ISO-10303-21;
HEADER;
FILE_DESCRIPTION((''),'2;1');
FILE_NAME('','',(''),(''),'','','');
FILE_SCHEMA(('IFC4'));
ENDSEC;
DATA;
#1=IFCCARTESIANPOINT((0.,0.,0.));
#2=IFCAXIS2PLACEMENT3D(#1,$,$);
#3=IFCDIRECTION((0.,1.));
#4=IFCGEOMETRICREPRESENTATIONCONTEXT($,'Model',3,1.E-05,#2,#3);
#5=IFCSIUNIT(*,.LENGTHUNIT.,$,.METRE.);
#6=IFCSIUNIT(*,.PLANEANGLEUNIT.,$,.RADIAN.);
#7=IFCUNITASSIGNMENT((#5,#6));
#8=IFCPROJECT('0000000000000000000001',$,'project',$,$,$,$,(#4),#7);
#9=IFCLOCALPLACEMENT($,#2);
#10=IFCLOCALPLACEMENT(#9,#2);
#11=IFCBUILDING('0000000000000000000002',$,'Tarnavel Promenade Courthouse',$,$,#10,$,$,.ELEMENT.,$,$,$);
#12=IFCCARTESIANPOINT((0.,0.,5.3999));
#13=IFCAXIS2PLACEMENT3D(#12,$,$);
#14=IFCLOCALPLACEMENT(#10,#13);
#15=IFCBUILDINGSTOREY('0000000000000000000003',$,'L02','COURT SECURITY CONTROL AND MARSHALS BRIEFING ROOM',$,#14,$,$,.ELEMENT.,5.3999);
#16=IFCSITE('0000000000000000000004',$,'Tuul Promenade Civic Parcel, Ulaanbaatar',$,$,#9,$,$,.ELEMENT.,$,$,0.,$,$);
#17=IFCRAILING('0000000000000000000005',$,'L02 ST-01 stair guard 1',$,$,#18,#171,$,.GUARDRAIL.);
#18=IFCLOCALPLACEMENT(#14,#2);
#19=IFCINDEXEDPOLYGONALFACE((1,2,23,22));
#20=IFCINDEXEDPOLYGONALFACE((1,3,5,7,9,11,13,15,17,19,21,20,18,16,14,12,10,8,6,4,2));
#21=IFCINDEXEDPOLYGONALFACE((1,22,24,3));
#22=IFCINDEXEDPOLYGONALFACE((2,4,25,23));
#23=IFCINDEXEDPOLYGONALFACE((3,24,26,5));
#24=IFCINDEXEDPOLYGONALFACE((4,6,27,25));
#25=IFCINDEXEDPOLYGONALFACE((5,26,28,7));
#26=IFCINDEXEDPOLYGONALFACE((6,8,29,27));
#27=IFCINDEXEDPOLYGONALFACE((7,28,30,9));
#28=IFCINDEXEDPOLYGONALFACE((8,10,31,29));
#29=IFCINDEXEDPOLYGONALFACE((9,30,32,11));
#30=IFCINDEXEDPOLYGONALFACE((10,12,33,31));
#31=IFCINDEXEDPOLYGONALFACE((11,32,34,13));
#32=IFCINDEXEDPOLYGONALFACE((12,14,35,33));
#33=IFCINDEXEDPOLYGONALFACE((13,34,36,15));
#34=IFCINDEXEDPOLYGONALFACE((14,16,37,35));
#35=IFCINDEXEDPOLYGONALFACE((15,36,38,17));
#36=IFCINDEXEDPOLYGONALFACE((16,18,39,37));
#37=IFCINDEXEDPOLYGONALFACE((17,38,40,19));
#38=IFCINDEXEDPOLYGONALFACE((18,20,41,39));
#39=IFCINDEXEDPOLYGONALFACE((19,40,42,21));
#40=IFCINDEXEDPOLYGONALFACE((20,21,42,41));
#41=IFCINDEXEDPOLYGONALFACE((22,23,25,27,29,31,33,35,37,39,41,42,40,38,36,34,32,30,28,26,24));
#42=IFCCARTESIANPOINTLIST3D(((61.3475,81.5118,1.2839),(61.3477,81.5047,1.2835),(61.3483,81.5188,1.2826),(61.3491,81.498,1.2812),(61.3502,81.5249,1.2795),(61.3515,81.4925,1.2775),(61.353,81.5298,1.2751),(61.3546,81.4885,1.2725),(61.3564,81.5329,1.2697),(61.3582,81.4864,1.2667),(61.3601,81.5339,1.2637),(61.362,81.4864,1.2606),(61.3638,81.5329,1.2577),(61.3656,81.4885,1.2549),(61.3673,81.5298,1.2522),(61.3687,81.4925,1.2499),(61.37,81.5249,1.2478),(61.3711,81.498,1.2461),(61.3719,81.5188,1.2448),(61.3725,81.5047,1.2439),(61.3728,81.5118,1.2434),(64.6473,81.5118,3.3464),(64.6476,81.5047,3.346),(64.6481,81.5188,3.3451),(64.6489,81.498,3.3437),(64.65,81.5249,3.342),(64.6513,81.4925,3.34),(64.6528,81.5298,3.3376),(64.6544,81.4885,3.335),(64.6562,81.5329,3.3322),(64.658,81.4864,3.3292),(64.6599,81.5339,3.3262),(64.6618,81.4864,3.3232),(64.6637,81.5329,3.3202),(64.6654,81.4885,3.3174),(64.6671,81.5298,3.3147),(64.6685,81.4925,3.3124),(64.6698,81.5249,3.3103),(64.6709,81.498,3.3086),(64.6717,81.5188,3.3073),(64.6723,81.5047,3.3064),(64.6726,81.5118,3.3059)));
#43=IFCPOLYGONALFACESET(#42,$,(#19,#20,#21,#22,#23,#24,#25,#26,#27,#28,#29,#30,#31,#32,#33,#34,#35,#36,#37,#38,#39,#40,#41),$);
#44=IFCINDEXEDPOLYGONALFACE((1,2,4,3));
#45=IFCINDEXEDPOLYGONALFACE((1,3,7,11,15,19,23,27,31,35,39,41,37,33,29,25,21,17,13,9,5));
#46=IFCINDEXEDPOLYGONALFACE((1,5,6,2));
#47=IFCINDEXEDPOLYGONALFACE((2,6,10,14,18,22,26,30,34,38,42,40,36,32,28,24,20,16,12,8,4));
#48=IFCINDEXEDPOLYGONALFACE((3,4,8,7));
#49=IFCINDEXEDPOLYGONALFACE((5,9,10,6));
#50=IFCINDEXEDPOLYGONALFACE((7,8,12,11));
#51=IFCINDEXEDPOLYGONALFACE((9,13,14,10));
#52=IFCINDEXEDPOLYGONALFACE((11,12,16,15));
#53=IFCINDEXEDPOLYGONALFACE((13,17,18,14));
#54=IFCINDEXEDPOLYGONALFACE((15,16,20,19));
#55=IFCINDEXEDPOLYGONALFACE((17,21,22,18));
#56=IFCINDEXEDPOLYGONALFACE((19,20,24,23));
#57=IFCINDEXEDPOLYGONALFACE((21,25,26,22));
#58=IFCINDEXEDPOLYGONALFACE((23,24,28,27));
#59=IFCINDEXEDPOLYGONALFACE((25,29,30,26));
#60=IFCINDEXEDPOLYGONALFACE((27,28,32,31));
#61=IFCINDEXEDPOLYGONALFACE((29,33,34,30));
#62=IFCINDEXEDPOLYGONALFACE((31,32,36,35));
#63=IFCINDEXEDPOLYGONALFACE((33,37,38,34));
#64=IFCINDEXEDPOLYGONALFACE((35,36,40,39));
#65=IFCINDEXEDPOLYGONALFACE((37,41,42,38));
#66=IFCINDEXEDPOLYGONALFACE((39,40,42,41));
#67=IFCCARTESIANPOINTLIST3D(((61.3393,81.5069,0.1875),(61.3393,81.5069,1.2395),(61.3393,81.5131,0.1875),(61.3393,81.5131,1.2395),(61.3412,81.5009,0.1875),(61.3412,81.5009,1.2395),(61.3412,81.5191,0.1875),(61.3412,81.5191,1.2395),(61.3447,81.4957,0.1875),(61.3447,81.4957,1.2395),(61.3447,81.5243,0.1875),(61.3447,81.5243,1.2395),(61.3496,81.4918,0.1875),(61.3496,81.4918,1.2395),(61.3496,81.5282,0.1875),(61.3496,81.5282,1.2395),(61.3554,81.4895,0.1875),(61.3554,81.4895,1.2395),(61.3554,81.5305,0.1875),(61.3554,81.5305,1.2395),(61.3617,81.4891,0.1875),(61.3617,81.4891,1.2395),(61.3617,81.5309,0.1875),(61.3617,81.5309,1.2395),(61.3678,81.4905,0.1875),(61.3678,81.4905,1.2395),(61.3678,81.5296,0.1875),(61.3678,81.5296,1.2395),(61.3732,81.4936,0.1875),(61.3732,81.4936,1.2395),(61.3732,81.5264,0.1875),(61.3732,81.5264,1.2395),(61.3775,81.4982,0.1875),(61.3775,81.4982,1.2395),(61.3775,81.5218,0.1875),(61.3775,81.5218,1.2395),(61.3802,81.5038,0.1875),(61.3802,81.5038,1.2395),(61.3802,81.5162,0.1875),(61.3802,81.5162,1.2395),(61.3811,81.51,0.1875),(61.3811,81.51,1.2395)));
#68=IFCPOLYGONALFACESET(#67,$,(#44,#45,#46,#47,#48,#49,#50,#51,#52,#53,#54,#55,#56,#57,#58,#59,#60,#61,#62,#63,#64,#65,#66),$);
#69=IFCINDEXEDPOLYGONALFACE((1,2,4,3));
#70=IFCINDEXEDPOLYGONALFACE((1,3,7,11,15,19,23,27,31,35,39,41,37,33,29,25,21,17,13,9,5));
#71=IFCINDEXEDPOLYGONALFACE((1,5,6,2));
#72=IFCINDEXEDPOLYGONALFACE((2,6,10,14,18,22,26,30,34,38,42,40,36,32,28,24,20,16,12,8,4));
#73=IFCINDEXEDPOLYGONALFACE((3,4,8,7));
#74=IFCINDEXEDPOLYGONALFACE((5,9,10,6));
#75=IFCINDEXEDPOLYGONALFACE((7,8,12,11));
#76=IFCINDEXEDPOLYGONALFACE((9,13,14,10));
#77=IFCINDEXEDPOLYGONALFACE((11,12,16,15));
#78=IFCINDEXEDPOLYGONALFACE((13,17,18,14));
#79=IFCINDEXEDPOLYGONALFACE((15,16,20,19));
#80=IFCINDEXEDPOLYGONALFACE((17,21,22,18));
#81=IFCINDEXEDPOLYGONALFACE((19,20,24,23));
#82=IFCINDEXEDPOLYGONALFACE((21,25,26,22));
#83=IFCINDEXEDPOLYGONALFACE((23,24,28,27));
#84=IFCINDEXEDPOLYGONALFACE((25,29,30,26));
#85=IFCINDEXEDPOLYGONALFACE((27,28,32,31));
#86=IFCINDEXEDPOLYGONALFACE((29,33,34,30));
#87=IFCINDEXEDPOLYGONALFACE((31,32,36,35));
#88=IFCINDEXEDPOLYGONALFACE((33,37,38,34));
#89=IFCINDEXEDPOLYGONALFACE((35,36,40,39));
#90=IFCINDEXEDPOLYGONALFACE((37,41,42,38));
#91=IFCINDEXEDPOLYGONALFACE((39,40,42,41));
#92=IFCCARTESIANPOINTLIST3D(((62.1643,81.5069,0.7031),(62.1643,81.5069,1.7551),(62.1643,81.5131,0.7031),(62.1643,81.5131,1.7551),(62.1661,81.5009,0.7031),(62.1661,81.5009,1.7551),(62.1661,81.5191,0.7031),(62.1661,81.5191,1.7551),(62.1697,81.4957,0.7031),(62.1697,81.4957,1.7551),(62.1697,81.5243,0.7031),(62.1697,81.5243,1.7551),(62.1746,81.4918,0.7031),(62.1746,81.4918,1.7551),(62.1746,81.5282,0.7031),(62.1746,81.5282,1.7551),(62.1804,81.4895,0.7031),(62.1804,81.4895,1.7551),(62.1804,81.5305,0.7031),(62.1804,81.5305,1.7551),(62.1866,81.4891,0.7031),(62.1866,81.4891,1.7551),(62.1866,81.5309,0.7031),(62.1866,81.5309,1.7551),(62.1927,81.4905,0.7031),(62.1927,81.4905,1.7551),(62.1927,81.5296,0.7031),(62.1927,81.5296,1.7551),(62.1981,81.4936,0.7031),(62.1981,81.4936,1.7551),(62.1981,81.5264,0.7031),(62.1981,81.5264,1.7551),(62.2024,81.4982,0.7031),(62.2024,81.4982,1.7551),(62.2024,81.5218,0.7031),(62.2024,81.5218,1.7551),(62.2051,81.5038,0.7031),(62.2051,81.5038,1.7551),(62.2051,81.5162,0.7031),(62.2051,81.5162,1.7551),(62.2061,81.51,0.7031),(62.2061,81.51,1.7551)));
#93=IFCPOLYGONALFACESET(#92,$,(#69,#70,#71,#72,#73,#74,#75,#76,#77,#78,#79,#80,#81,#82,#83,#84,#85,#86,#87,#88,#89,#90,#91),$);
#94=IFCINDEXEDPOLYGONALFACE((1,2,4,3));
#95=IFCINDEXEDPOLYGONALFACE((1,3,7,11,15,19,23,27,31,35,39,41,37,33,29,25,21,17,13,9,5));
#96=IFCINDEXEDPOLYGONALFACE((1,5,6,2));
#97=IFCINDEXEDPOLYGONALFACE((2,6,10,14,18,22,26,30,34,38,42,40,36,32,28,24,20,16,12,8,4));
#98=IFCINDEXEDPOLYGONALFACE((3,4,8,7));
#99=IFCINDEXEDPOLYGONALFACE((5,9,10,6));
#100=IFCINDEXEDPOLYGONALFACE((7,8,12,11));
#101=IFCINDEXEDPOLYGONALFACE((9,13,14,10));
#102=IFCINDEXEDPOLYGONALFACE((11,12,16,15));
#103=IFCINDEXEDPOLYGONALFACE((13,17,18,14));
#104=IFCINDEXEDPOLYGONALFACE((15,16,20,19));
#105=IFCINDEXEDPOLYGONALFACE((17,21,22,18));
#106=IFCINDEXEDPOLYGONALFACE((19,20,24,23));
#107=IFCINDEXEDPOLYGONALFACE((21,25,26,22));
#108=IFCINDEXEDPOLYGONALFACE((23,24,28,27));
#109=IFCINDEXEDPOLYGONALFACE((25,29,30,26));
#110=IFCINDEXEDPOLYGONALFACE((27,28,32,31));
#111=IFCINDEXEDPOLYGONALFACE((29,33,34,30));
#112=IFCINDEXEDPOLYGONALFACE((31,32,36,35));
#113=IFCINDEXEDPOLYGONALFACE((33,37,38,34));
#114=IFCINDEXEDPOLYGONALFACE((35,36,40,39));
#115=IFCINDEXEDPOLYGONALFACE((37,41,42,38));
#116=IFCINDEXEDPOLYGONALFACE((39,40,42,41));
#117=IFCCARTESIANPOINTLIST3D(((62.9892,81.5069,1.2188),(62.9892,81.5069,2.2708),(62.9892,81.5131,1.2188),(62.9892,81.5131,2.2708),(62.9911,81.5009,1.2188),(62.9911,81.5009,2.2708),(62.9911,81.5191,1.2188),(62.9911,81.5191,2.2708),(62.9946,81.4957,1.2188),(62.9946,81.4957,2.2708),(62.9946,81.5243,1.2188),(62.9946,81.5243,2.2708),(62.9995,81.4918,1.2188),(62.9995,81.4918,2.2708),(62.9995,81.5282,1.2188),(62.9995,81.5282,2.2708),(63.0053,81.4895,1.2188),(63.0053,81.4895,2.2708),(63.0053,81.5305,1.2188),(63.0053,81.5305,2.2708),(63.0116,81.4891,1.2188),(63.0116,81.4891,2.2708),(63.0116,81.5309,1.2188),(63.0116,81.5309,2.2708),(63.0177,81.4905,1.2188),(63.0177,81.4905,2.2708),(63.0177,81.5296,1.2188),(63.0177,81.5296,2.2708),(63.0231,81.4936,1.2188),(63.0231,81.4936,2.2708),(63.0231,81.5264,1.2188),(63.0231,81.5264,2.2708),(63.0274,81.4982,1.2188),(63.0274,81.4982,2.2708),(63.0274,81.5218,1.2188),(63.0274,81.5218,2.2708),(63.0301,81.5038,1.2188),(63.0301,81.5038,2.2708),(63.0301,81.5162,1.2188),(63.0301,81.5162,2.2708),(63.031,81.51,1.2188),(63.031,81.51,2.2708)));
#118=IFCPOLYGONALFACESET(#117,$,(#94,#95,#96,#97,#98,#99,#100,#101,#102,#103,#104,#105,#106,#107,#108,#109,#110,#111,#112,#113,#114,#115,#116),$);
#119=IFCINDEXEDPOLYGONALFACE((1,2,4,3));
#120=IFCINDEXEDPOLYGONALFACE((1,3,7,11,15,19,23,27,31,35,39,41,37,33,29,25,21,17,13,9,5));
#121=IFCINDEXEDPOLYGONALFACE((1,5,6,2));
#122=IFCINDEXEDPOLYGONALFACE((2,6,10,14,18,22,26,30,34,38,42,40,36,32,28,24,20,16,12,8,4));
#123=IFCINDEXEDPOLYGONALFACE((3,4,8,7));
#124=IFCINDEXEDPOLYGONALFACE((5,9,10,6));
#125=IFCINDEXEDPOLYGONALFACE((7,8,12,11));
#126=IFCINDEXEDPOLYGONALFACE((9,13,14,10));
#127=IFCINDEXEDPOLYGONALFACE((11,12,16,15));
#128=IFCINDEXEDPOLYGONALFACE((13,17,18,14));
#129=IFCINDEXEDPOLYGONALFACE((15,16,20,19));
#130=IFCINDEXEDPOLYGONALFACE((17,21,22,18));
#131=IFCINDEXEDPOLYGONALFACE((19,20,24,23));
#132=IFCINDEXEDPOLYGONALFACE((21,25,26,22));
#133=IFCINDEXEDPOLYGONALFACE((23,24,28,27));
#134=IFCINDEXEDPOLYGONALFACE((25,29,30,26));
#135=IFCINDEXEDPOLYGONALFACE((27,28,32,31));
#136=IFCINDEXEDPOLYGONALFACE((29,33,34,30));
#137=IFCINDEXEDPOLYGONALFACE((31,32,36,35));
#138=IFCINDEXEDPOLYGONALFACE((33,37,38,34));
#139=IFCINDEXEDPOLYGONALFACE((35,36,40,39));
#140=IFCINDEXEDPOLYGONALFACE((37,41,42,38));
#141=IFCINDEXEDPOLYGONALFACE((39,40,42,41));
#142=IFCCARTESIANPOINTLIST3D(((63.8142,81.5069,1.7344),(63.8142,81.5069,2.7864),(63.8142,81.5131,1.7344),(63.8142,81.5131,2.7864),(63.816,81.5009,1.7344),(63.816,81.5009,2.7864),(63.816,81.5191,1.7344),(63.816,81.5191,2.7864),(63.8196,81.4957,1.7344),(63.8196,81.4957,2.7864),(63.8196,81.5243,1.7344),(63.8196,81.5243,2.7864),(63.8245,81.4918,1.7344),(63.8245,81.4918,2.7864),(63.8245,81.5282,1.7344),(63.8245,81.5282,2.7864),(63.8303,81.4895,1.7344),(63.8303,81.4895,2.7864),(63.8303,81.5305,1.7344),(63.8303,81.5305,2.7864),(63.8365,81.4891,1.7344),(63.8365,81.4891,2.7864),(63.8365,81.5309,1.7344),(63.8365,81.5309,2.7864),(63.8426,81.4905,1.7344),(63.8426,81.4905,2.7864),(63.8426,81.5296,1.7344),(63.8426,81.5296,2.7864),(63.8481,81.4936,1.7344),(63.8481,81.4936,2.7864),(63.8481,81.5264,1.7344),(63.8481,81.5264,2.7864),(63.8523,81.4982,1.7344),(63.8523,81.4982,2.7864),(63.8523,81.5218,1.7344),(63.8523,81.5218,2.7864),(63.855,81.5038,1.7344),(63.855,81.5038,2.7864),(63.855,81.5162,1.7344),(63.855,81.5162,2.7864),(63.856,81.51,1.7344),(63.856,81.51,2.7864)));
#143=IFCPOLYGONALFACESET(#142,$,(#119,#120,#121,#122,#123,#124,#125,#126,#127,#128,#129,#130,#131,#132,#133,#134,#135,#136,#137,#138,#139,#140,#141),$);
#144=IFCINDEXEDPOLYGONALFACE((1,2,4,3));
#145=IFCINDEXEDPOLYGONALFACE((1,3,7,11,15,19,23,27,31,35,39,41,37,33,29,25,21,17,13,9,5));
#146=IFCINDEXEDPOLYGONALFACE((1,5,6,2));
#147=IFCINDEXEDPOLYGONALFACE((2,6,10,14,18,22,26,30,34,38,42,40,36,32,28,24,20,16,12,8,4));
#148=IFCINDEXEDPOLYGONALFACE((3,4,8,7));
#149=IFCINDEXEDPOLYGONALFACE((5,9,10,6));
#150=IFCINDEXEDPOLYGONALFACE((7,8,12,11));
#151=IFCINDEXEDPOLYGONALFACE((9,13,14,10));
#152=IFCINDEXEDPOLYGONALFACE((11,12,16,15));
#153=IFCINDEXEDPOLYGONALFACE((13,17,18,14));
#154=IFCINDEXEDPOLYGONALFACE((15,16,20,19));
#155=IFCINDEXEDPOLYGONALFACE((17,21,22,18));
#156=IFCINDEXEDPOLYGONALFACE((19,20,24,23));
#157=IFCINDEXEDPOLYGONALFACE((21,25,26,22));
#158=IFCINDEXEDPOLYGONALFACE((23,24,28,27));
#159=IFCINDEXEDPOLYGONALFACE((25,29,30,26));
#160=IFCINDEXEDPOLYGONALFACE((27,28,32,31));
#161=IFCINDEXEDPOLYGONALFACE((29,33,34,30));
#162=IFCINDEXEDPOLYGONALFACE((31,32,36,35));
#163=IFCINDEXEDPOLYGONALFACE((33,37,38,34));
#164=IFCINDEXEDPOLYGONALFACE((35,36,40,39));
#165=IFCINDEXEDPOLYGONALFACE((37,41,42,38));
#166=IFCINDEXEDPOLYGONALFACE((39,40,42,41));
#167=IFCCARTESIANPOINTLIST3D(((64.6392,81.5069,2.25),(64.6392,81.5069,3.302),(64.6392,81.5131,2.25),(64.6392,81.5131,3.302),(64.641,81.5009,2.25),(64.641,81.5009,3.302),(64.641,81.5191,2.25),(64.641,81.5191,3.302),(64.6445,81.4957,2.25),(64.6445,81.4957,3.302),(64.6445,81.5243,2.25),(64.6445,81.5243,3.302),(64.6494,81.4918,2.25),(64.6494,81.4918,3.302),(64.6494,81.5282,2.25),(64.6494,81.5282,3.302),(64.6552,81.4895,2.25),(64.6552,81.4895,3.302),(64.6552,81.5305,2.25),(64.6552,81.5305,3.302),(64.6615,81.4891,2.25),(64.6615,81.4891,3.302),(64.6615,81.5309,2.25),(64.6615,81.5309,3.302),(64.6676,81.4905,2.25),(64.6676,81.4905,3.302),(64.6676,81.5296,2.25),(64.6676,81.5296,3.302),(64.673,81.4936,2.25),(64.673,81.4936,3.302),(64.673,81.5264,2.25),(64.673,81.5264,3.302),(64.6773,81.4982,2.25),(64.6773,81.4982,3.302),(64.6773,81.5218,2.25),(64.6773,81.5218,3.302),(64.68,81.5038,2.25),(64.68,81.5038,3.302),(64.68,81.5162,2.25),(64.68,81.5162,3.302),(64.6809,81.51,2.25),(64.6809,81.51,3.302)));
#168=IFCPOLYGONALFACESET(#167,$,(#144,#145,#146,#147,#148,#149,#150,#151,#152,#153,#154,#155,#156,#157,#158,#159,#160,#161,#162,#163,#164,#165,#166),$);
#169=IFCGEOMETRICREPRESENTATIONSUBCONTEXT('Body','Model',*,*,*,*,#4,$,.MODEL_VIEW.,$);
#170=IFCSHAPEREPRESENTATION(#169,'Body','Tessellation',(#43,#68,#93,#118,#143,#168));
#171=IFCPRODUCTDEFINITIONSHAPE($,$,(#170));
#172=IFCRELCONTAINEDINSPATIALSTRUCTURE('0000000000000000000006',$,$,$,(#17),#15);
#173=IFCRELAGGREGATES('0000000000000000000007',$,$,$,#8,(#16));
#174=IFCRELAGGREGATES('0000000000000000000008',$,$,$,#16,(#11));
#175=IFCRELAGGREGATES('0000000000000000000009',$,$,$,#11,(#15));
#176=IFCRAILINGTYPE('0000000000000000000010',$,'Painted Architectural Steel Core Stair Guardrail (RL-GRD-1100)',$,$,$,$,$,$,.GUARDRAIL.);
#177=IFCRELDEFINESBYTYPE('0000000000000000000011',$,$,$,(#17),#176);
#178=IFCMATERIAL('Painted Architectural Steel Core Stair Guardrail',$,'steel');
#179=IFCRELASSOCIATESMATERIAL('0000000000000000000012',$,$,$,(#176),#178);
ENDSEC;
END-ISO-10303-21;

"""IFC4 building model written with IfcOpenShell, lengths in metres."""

from ifc_helpers import new_model, si_unit, direction, frame, origin, origin_2d, place, context, subcontext, project, spatial, circle, extrude, material, type_object, element, save


model = new_model("IFC4")

# Units and contexts
model_context = context("Model", 3, precision=1e-05, world=origin(), true_north=direction((0.0, 1.0)))
body_context = subcontext(model_context, "Body", "Model", "MODEL_VIEW")
ifc_project = project(units=[si_unit("LENGTHUNIT", "METRE"), si_unit("PLANEANGLEUNIT", "RADIAN")], contexts=[model_context])

# Site, building, storey
site_placement = place(None, origin())
site = spatial("IfcSite", under=ifc_project, at=site_placement, Name="Tuul Promenade Civic Parcel, Ulaanbaatar", CompositionType="ELEMENT", RefElevation=0.0)
building_placement = place(site_placement, origin())
building = spatial("IfcBuilding", under=site, at=building_placement, Name="Tarnavel Promenade Courthouse", CompositionType="ELEMENT")
storey_placement = place(building_placement, frame((0.0, 0.0, 5.3999)))
storey = spatial("IfcBuildingStorey", under=building, at=storey_placement, Name="L02", Description="COURT SECURITY CONTROL AND MARSHALS BRIEFING ROOM", CompositionType="ELEMENT", Elevation=5.3999)

# Railing
ifc_material_1 = material(Name="Painted Architectural Steel Core Stair Guardrail", Category="steel")
railing_type_1 = type_object("IfcRailingType", Name="Painted Architectural Steel Core Stair Guardrail (RL-GRD-1100)", PredefinedType="GUARDRAIL", material=ifc_material_1)
railing_1_placement = place(storey_placement, frame((61.3601, 81.51, 0.1875)))
element("IfcRailing", 1, at=railing_1_placement, inside=storey, type_object=railing_type_1, Name="L02 ST-01 stair guard 1", PredefinedType="GUARDRAIL", context=body_context, shape_type="SweptSolid", body=[
    extrude(circle(Radius=0.0239, at=origin_2d()), frame((0.0, 0.0, 1.0762), z_axis=(0.847984, 0.0, 0.530021), x_axis=(0.0, 1.0, 0.0)), (0.0, 0.0, 1.0), 3.8914),
    extrude(circle(Radius=0.021, at=origin_2d()), origin(), (0.0, 0.0, 1.0), 1.052),
    extrude(circle(Radius=0.021, at=origin_2d()), frame((0.825, 0.0, 0.5156)), (0.0, 0.0, 1.0), 1.052),
    extrude(circle(Radius=0.021, at=origin_2d()), frame((1.6499, 0.0, 1.0312)), (0.0, 0.0, 1.0), 1.052),
    extrude(circle(Radius=0.021, at=origin_2d()), frame((2.4749, 0.0, 1.5469)), (0.0, 0.0, 1.0), 1.052),
    extrude(circle(Radius=0.021, at=origin_2d()), frame((3.2998, 0.0, 2.0625)), (0.0, 0.0, 1.0), 1.052),
])

save(model, "model.ifc")
